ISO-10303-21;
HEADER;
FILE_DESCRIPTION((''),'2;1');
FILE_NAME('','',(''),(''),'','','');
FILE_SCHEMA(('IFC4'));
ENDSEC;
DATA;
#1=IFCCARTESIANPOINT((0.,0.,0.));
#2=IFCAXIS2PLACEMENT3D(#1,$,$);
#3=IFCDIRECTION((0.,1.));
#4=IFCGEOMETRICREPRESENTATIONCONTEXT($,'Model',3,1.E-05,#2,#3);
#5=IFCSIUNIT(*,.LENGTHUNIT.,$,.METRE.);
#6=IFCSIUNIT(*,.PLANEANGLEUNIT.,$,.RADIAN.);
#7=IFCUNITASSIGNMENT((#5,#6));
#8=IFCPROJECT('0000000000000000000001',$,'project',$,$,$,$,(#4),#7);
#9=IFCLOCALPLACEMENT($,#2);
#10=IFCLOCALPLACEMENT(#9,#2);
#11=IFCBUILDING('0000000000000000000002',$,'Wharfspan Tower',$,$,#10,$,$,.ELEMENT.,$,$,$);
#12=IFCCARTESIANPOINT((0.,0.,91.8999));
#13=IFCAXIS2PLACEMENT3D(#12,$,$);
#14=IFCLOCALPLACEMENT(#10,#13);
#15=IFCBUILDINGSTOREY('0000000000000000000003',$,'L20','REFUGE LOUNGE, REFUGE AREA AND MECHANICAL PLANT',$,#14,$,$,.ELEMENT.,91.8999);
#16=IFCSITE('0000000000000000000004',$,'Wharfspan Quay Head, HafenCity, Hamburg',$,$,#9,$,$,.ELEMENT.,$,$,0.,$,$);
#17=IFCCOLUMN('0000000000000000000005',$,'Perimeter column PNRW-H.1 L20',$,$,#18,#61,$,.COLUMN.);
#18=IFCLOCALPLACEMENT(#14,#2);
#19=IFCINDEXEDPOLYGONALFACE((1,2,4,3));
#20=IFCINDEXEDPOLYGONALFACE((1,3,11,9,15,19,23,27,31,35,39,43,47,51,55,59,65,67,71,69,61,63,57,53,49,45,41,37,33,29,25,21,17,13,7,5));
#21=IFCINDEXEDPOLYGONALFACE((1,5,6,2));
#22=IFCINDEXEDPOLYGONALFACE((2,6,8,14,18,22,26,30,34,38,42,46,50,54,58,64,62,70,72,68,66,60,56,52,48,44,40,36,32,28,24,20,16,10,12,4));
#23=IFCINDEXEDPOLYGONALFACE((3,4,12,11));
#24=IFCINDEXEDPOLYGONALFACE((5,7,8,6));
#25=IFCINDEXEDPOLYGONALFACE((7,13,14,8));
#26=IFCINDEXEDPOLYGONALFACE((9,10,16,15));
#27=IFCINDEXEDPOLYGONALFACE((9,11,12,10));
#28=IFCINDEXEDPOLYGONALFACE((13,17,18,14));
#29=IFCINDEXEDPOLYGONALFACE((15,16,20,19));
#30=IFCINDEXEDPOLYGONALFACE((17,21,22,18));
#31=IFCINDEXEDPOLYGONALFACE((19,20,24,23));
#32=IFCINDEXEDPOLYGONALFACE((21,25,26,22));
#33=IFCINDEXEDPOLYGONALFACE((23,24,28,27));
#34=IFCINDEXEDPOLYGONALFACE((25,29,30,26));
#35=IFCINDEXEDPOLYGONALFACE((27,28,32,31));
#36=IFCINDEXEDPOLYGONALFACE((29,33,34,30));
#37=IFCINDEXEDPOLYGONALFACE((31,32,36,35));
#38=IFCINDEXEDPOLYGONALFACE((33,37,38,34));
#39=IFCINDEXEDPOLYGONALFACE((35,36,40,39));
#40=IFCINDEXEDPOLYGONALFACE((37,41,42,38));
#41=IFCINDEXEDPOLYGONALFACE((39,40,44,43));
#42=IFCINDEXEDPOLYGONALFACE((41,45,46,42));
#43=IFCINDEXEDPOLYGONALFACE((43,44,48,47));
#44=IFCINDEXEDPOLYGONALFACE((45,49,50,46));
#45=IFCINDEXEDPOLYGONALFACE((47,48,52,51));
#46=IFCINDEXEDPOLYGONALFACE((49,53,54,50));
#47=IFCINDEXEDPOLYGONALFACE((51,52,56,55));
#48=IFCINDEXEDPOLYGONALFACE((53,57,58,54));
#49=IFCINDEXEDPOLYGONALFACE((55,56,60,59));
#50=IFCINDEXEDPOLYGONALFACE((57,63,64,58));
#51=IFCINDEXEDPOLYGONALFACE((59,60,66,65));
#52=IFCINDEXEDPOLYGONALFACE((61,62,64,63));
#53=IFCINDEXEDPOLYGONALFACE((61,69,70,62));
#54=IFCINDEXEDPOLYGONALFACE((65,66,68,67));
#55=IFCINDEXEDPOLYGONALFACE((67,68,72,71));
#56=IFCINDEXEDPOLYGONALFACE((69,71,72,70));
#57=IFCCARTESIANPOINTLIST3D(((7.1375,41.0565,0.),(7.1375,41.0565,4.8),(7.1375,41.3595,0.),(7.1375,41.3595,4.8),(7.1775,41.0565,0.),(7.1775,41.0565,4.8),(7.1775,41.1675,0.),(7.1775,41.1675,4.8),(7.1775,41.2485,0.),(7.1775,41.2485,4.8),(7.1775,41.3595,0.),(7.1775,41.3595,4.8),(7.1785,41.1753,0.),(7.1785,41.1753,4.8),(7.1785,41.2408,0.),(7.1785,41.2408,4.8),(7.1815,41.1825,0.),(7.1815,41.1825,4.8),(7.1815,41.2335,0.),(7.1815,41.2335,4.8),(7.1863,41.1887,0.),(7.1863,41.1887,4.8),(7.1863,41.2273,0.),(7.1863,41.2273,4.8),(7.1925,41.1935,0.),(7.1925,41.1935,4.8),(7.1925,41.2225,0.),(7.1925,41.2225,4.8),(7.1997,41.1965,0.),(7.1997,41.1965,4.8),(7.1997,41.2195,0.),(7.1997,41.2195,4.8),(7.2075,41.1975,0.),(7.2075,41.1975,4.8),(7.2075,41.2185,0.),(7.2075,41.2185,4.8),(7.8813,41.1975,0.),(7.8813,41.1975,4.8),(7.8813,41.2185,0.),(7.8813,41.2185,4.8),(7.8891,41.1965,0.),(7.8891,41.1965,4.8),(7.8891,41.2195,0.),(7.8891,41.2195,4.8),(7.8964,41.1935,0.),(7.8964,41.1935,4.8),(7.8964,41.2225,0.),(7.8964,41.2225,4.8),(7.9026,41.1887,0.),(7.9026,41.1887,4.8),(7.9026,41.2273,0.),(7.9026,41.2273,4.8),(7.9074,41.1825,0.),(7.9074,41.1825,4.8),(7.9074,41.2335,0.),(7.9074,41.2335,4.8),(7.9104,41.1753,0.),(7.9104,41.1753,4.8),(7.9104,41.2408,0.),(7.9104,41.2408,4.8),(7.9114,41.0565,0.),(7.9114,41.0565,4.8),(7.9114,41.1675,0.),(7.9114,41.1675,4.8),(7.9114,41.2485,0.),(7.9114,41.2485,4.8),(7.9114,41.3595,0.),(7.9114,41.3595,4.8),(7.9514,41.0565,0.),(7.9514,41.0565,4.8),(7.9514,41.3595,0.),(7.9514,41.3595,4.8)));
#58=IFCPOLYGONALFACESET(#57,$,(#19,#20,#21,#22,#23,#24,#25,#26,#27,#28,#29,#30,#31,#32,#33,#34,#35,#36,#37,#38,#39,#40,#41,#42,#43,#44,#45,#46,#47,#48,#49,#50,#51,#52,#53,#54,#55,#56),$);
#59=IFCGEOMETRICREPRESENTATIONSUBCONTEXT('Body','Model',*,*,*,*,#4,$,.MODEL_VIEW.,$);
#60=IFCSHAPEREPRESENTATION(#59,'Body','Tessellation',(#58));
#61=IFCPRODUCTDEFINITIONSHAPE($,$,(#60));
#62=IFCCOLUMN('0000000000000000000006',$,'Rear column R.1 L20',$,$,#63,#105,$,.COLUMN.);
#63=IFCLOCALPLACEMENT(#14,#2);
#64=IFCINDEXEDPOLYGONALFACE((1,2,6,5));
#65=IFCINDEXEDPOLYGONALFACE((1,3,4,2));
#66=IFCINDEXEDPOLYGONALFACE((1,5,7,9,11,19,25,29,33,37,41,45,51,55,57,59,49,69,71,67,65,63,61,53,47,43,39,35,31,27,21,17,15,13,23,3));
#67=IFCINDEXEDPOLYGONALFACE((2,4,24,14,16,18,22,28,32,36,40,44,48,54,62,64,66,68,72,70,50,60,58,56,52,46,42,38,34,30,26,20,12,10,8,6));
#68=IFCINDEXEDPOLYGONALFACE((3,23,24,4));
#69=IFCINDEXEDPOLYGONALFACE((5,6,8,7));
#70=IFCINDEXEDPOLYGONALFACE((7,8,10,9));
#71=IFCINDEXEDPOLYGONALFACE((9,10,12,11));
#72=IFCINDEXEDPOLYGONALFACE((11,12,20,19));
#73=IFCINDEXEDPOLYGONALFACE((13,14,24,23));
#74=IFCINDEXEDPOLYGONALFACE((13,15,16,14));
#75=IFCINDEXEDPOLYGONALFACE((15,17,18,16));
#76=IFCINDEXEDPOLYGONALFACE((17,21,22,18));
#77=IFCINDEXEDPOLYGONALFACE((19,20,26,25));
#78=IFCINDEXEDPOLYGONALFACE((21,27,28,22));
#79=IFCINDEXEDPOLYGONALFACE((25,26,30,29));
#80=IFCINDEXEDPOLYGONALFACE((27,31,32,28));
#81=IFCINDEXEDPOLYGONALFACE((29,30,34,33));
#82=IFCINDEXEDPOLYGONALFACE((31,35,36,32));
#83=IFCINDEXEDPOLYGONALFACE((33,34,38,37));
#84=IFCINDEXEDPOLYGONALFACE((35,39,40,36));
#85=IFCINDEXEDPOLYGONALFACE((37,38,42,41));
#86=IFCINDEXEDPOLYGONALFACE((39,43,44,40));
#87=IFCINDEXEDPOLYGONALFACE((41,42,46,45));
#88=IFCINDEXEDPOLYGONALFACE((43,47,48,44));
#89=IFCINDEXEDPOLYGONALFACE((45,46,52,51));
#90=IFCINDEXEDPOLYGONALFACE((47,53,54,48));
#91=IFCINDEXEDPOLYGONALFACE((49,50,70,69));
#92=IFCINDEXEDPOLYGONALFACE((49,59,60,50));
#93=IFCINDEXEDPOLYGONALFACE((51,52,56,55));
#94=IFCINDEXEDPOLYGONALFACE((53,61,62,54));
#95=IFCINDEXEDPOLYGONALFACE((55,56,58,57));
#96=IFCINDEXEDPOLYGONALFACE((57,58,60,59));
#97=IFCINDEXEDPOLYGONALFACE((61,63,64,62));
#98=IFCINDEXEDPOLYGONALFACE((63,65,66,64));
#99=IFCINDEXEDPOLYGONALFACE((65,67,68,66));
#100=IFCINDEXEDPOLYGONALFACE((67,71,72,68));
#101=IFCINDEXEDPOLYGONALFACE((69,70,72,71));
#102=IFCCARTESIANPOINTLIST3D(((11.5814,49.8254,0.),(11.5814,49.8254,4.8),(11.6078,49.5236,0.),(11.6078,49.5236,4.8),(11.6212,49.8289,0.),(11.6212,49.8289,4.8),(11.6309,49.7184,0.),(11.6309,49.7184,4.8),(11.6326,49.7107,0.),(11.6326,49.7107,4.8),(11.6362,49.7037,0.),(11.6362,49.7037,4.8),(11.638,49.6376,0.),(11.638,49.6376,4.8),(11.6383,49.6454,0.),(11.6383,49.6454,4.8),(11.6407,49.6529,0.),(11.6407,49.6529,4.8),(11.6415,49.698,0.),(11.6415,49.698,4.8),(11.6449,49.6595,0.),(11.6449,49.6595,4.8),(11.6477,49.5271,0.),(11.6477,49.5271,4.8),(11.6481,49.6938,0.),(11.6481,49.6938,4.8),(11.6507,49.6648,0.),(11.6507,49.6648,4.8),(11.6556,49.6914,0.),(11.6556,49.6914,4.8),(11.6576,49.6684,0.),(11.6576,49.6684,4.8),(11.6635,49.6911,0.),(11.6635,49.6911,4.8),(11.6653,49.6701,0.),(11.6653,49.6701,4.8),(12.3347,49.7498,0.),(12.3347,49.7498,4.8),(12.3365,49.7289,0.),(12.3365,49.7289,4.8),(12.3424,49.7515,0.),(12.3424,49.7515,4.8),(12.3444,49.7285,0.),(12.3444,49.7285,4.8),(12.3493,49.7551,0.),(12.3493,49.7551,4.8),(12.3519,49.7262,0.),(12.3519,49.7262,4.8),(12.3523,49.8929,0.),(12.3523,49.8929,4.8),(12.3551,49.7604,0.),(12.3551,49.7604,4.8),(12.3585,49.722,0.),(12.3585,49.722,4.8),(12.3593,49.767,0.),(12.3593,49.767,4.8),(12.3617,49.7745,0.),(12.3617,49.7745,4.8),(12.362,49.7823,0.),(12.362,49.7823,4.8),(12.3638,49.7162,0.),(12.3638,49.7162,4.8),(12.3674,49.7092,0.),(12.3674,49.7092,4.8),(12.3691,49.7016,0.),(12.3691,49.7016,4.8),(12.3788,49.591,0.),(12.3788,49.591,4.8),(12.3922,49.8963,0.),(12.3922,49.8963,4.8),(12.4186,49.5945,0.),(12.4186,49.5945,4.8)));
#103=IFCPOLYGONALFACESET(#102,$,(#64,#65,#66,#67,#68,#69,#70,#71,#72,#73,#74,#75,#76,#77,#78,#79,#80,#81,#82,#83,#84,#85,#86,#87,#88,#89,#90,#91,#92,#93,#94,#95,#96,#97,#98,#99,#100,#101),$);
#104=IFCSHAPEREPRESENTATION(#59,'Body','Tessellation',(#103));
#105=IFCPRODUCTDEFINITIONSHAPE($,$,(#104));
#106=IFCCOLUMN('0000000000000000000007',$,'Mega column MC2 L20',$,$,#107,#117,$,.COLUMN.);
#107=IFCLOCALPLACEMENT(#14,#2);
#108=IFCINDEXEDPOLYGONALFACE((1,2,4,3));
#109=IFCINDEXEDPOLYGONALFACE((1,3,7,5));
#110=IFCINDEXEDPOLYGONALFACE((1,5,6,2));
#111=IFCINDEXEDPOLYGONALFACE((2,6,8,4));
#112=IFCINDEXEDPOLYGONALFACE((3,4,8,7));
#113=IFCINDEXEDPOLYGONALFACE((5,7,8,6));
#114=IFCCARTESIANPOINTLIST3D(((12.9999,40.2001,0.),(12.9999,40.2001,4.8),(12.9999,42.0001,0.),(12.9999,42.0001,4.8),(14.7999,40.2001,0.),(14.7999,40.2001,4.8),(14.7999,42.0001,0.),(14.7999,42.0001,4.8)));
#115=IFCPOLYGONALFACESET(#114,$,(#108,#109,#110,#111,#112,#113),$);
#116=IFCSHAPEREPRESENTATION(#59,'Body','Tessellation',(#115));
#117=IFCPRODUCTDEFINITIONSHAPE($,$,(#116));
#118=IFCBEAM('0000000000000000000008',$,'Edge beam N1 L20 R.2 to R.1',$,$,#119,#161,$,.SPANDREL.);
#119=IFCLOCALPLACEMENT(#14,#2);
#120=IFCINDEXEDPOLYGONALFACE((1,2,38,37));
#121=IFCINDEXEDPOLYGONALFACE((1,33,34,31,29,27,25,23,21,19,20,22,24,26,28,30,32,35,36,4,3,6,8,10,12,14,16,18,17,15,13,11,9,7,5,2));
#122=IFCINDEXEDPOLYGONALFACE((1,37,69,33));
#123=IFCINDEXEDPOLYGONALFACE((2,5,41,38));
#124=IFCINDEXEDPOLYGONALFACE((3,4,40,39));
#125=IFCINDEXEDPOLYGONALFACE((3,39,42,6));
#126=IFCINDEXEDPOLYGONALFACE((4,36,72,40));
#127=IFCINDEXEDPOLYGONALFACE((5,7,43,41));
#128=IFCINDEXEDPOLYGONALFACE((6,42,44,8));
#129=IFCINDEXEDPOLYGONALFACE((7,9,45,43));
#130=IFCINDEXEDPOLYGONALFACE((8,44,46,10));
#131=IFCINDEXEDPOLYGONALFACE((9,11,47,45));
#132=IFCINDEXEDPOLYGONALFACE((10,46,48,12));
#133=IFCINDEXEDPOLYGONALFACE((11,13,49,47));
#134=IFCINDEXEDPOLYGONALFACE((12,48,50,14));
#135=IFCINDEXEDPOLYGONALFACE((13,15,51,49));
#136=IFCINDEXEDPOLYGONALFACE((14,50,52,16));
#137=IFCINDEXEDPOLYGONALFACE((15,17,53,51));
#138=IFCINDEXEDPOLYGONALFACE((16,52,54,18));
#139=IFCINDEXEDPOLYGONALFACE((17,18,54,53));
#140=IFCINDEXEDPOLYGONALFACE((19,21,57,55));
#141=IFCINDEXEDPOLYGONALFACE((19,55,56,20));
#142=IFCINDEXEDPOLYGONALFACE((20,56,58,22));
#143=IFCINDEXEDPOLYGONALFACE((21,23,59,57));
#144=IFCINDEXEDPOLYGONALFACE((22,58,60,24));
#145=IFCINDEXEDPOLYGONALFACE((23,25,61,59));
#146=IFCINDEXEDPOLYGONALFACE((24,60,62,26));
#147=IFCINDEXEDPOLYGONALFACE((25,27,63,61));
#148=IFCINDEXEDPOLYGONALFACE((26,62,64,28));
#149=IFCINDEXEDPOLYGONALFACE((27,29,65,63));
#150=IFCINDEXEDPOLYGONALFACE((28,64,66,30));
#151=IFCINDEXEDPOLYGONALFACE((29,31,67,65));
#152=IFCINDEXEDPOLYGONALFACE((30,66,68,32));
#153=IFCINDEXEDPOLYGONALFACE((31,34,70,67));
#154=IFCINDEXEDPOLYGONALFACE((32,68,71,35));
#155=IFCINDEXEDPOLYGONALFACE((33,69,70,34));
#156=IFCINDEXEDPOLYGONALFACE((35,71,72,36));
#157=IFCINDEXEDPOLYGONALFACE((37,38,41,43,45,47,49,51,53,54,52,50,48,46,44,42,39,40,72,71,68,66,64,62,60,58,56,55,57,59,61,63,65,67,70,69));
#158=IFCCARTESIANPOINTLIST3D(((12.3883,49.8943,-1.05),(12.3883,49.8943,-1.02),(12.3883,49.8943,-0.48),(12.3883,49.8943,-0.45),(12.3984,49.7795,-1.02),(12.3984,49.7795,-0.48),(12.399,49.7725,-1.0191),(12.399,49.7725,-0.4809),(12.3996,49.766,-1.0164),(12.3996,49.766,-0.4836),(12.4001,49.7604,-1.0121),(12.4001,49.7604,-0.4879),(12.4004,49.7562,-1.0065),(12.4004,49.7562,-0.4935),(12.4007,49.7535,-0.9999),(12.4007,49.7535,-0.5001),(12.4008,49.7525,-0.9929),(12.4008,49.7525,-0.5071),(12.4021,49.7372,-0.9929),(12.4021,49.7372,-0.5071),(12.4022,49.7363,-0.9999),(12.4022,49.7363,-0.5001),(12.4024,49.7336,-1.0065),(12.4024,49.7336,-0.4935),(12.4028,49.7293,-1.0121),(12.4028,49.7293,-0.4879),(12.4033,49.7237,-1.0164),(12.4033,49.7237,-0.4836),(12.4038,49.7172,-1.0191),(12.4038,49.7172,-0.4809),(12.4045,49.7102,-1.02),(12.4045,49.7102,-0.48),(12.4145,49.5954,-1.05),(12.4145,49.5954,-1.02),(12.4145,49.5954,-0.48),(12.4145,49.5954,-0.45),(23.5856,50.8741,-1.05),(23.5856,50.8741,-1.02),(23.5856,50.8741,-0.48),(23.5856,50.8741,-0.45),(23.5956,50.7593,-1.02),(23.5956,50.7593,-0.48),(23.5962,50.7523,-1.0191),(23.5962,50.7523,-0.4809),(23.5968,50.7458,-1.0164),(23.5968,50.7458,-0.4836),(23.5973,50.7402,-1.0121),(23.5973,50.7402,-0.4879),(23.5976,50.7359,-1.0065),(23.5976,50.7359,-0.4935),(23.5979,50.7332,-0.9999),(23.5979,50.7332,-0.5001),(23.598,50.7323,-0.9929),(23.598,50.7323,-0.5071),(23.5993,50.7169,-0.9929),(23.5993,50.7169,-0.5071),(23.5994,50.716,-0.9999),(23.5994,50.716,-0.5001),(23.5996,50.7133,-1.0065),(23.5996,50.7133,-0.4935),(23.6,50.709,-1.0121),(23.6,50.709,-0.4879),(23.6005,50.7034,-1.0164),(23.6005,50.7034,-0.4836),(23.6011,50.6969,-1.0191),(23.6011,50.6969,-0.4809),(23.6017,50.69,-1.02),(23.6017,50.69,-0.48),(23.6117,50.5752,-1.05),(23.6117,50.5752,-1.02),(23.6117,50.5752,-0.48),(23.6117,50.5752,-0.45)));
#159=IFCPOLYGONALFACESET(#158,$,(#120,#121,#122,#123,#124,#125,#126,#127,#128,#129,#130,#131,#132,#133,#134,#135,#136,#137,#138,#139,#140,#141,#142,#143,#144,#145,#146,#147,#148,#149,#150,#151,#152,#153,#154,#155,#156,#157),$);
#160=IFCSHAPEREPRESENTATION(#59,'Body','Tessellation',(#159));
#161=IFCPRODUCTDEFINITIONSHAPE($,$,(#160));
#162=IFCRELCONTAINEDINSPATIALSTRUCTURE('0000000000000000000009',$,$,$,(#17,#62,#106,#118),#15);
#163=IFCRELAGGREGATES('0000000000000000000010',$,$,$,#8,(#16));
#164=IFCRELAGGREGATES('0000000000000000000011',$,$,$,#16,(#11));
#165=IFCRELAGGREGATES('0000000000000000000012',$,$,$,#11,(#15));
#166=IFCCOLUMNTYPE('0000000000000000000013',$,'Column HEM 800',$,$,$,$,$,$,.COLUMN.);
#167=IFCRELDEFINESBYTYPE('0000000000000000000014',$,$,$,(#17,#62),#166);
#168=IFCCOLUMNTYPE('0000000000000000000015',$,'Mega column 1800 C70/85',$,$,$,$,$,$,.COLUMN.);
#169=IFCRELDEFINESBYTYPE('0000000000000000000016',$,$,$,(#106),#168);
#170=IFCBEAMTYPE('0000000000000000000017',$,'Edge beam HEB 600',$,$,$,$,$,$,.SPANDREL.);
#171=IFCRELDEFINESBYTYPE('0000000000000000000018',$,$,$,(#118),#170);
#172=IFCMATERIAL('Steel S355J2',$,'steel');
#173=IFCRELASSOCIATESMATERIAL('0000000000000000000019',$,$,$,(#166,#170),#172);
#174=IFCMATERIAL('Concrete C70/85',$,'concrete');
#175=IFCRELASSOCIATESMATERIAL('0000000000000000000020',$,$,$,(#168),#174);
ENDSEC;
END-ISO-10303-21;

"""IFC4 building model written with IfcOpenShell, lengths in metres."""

from ifc_helpers import new_model, si_unit, direction, frame, origin, origin_2d, place, context, subcontext, project, spatial, rectangle, i_section, extrude, material, material_profile, profile_set, type_object, element, save


model = new_model("IFC4")

# Units and contexts
model_context = context("Model", 3, precision=1e-05, world=origin(), true_north=direction((0.0, 1.0)))
body_context = subcontext(model_context, "Body", "Model", "MODEL_VIEW")
ifc_project = project(units=[si_unit("LENGTHUNIT", "METRE"), si_unit("PLANEANGLEUNIT", "RADIAN")], contexts=[model_context])

# Site, building, storey
site_placement = place(None, origin())
site = spatial("IfcSite", under=ifc_project, at=site_placement, Name="Wharfspan Quay Head, HafenCity, Hamburg", CompositionType="ELEMENT", RefElevation=0.0)
building_placement = place(site_placement, origin())
building = spatial("IfcBuilding", under=site, at=building_placement, Name="Wharfspan Tower", CompositionType="ELEMENT")
storey_placement = place(building_placement, frame((0.0, 0.0, 91.8999)))
storey = spatial("IfcBuildingStorey", under=building, at=storey_placement, Name="L20", Description="REFUGE LOUNGE, REFUGE AREA AND MECHANICAL PLANT", CompositionType="ELEMENT", Elevation=91.8999)

# Columns
ifc_material_1 = material(Name="Steel S355J2", Category="steel")
ifc_material_profile_1 = material_profile(ifc_material_1, i_section(OverallWidth=0.303, OverallDepth=0.814, WebThickness=0.021, FlangeThickness=0.04, FilletRadius=0.03, at=origin_2d()))
ifc_profile_set_1 = profile_set([ifc_material_profile_1], Name="Steel S355J2")
column_type_1 = type_object("IfcColumnType", Name="Column HEM 800", PredefinedType="COLUMN", material=ifc_profile_set_1)
for number, where, z_axis, x_axis, name in (
    (1, (7.5444, 41.208, 0.0), (0.0, 0.0, 1.0), (0.0, 1.0, 0.0), "Perimeter column PNRW-H.1 L20"),
    (2, (12.0, 49.71, 0.0), (0.0, 0.0, 1.0), (-0.087156, 0.996197, 0.0), "Rear column R.1 L20"),
):
    element("IfcColumn", number, at=place(storey_placement, frame(where, z_axis=z_axis, x_axis=x_axis)), inside=storey, type_object=column_type_1, Name=name, PredefinedType="COLUMN", context=body_context, shape_type="SweptSolid", body=[
        extrude(i_section(OverallWidth=0.303, OverallDepth=0.814, WebThickness=0.021, FlangeThickness=0.04, FilletRadius=0.03, at=origin_2d()), origin(), (0.0, 0.0, 1.0), 4.8),
    ])
ifc_material_2 = material(Name="Concrete C70/85", Category="concrete")
ifc_material_profile_2 = material_profile(ifc_material_2, rectangle(XDim=1.8, YDim=1.8, at=origin_2d()))
ifc_profile_set_2 = profile_set([ifc_material_profile_2], Name="Concrete C70/85")
column_type_2 = type_object("IfcColumnType", Name="Mega column 1800 C70/85", PredefinedType="COLUMN", material=ifc_profile_set_2)
column_placement = place(storey_placement, frame((13.8999, 41.1001, 0.0), z_axis=(0.0, 0.0, 1.0), x_axis=(1.0, 0.0, 0.0)))
element("IfcColumn", 3, at=column_placement, inside=storey, type_object=column_type_2, Name="Mega column MC2 L20", PredefinedType="COLUMN", context=body_context, shape_type="SweptSolid", body=[
    extrude(rectangle(XDim=1.8, YDim=1.8, at=origin_2d()), origin(), (0.0, 0.0, 1.0), 4.8),
])

# Beam
ifc_material_profile_3 = material_profile(ifc_material_1, i_section(OverallWidth=0.3, OverallDepth=0.6001, WebThickness=0.0154, FlangeThickness=0.03, FilletRadius=0.0271, at=origin_2d()))
ifc_profile_set_3 = profile_set([ifc_material_profile_3], Name="Steel S355J2")
beam_type = type_object("IfcBeamType", Name="Edge beam HEB 600", PredefinedType="SPANDREL", material=ifc_profile_set_3)
beam_placement = place(storey_placement, frame((23.5986, 50.7246, -0.75), z_axis=(-0.996194, -0.087165, 0.0), x_axis=(0.087165, -0.996194, 0.0)))
element("IfcBeam", 4, at=beam_placement, inside=storey, type_object=beam_type, Name="Edge beam N1 L20 R.2 to R.1", PredefinedType="SPANDREL", context=body_context, shape_type="SweptSolid", body=[
    extrude(i_section(OverallWidth=0.3, OverallDepth=0.6001, WebThickness=0.0154, FlangeThickness=0.03, FilletRadius=0.0271, at=origin_2d()), origin(), (0.0, 0.0, 1.0), 11.24),
])

save(model, "model.ifc")
